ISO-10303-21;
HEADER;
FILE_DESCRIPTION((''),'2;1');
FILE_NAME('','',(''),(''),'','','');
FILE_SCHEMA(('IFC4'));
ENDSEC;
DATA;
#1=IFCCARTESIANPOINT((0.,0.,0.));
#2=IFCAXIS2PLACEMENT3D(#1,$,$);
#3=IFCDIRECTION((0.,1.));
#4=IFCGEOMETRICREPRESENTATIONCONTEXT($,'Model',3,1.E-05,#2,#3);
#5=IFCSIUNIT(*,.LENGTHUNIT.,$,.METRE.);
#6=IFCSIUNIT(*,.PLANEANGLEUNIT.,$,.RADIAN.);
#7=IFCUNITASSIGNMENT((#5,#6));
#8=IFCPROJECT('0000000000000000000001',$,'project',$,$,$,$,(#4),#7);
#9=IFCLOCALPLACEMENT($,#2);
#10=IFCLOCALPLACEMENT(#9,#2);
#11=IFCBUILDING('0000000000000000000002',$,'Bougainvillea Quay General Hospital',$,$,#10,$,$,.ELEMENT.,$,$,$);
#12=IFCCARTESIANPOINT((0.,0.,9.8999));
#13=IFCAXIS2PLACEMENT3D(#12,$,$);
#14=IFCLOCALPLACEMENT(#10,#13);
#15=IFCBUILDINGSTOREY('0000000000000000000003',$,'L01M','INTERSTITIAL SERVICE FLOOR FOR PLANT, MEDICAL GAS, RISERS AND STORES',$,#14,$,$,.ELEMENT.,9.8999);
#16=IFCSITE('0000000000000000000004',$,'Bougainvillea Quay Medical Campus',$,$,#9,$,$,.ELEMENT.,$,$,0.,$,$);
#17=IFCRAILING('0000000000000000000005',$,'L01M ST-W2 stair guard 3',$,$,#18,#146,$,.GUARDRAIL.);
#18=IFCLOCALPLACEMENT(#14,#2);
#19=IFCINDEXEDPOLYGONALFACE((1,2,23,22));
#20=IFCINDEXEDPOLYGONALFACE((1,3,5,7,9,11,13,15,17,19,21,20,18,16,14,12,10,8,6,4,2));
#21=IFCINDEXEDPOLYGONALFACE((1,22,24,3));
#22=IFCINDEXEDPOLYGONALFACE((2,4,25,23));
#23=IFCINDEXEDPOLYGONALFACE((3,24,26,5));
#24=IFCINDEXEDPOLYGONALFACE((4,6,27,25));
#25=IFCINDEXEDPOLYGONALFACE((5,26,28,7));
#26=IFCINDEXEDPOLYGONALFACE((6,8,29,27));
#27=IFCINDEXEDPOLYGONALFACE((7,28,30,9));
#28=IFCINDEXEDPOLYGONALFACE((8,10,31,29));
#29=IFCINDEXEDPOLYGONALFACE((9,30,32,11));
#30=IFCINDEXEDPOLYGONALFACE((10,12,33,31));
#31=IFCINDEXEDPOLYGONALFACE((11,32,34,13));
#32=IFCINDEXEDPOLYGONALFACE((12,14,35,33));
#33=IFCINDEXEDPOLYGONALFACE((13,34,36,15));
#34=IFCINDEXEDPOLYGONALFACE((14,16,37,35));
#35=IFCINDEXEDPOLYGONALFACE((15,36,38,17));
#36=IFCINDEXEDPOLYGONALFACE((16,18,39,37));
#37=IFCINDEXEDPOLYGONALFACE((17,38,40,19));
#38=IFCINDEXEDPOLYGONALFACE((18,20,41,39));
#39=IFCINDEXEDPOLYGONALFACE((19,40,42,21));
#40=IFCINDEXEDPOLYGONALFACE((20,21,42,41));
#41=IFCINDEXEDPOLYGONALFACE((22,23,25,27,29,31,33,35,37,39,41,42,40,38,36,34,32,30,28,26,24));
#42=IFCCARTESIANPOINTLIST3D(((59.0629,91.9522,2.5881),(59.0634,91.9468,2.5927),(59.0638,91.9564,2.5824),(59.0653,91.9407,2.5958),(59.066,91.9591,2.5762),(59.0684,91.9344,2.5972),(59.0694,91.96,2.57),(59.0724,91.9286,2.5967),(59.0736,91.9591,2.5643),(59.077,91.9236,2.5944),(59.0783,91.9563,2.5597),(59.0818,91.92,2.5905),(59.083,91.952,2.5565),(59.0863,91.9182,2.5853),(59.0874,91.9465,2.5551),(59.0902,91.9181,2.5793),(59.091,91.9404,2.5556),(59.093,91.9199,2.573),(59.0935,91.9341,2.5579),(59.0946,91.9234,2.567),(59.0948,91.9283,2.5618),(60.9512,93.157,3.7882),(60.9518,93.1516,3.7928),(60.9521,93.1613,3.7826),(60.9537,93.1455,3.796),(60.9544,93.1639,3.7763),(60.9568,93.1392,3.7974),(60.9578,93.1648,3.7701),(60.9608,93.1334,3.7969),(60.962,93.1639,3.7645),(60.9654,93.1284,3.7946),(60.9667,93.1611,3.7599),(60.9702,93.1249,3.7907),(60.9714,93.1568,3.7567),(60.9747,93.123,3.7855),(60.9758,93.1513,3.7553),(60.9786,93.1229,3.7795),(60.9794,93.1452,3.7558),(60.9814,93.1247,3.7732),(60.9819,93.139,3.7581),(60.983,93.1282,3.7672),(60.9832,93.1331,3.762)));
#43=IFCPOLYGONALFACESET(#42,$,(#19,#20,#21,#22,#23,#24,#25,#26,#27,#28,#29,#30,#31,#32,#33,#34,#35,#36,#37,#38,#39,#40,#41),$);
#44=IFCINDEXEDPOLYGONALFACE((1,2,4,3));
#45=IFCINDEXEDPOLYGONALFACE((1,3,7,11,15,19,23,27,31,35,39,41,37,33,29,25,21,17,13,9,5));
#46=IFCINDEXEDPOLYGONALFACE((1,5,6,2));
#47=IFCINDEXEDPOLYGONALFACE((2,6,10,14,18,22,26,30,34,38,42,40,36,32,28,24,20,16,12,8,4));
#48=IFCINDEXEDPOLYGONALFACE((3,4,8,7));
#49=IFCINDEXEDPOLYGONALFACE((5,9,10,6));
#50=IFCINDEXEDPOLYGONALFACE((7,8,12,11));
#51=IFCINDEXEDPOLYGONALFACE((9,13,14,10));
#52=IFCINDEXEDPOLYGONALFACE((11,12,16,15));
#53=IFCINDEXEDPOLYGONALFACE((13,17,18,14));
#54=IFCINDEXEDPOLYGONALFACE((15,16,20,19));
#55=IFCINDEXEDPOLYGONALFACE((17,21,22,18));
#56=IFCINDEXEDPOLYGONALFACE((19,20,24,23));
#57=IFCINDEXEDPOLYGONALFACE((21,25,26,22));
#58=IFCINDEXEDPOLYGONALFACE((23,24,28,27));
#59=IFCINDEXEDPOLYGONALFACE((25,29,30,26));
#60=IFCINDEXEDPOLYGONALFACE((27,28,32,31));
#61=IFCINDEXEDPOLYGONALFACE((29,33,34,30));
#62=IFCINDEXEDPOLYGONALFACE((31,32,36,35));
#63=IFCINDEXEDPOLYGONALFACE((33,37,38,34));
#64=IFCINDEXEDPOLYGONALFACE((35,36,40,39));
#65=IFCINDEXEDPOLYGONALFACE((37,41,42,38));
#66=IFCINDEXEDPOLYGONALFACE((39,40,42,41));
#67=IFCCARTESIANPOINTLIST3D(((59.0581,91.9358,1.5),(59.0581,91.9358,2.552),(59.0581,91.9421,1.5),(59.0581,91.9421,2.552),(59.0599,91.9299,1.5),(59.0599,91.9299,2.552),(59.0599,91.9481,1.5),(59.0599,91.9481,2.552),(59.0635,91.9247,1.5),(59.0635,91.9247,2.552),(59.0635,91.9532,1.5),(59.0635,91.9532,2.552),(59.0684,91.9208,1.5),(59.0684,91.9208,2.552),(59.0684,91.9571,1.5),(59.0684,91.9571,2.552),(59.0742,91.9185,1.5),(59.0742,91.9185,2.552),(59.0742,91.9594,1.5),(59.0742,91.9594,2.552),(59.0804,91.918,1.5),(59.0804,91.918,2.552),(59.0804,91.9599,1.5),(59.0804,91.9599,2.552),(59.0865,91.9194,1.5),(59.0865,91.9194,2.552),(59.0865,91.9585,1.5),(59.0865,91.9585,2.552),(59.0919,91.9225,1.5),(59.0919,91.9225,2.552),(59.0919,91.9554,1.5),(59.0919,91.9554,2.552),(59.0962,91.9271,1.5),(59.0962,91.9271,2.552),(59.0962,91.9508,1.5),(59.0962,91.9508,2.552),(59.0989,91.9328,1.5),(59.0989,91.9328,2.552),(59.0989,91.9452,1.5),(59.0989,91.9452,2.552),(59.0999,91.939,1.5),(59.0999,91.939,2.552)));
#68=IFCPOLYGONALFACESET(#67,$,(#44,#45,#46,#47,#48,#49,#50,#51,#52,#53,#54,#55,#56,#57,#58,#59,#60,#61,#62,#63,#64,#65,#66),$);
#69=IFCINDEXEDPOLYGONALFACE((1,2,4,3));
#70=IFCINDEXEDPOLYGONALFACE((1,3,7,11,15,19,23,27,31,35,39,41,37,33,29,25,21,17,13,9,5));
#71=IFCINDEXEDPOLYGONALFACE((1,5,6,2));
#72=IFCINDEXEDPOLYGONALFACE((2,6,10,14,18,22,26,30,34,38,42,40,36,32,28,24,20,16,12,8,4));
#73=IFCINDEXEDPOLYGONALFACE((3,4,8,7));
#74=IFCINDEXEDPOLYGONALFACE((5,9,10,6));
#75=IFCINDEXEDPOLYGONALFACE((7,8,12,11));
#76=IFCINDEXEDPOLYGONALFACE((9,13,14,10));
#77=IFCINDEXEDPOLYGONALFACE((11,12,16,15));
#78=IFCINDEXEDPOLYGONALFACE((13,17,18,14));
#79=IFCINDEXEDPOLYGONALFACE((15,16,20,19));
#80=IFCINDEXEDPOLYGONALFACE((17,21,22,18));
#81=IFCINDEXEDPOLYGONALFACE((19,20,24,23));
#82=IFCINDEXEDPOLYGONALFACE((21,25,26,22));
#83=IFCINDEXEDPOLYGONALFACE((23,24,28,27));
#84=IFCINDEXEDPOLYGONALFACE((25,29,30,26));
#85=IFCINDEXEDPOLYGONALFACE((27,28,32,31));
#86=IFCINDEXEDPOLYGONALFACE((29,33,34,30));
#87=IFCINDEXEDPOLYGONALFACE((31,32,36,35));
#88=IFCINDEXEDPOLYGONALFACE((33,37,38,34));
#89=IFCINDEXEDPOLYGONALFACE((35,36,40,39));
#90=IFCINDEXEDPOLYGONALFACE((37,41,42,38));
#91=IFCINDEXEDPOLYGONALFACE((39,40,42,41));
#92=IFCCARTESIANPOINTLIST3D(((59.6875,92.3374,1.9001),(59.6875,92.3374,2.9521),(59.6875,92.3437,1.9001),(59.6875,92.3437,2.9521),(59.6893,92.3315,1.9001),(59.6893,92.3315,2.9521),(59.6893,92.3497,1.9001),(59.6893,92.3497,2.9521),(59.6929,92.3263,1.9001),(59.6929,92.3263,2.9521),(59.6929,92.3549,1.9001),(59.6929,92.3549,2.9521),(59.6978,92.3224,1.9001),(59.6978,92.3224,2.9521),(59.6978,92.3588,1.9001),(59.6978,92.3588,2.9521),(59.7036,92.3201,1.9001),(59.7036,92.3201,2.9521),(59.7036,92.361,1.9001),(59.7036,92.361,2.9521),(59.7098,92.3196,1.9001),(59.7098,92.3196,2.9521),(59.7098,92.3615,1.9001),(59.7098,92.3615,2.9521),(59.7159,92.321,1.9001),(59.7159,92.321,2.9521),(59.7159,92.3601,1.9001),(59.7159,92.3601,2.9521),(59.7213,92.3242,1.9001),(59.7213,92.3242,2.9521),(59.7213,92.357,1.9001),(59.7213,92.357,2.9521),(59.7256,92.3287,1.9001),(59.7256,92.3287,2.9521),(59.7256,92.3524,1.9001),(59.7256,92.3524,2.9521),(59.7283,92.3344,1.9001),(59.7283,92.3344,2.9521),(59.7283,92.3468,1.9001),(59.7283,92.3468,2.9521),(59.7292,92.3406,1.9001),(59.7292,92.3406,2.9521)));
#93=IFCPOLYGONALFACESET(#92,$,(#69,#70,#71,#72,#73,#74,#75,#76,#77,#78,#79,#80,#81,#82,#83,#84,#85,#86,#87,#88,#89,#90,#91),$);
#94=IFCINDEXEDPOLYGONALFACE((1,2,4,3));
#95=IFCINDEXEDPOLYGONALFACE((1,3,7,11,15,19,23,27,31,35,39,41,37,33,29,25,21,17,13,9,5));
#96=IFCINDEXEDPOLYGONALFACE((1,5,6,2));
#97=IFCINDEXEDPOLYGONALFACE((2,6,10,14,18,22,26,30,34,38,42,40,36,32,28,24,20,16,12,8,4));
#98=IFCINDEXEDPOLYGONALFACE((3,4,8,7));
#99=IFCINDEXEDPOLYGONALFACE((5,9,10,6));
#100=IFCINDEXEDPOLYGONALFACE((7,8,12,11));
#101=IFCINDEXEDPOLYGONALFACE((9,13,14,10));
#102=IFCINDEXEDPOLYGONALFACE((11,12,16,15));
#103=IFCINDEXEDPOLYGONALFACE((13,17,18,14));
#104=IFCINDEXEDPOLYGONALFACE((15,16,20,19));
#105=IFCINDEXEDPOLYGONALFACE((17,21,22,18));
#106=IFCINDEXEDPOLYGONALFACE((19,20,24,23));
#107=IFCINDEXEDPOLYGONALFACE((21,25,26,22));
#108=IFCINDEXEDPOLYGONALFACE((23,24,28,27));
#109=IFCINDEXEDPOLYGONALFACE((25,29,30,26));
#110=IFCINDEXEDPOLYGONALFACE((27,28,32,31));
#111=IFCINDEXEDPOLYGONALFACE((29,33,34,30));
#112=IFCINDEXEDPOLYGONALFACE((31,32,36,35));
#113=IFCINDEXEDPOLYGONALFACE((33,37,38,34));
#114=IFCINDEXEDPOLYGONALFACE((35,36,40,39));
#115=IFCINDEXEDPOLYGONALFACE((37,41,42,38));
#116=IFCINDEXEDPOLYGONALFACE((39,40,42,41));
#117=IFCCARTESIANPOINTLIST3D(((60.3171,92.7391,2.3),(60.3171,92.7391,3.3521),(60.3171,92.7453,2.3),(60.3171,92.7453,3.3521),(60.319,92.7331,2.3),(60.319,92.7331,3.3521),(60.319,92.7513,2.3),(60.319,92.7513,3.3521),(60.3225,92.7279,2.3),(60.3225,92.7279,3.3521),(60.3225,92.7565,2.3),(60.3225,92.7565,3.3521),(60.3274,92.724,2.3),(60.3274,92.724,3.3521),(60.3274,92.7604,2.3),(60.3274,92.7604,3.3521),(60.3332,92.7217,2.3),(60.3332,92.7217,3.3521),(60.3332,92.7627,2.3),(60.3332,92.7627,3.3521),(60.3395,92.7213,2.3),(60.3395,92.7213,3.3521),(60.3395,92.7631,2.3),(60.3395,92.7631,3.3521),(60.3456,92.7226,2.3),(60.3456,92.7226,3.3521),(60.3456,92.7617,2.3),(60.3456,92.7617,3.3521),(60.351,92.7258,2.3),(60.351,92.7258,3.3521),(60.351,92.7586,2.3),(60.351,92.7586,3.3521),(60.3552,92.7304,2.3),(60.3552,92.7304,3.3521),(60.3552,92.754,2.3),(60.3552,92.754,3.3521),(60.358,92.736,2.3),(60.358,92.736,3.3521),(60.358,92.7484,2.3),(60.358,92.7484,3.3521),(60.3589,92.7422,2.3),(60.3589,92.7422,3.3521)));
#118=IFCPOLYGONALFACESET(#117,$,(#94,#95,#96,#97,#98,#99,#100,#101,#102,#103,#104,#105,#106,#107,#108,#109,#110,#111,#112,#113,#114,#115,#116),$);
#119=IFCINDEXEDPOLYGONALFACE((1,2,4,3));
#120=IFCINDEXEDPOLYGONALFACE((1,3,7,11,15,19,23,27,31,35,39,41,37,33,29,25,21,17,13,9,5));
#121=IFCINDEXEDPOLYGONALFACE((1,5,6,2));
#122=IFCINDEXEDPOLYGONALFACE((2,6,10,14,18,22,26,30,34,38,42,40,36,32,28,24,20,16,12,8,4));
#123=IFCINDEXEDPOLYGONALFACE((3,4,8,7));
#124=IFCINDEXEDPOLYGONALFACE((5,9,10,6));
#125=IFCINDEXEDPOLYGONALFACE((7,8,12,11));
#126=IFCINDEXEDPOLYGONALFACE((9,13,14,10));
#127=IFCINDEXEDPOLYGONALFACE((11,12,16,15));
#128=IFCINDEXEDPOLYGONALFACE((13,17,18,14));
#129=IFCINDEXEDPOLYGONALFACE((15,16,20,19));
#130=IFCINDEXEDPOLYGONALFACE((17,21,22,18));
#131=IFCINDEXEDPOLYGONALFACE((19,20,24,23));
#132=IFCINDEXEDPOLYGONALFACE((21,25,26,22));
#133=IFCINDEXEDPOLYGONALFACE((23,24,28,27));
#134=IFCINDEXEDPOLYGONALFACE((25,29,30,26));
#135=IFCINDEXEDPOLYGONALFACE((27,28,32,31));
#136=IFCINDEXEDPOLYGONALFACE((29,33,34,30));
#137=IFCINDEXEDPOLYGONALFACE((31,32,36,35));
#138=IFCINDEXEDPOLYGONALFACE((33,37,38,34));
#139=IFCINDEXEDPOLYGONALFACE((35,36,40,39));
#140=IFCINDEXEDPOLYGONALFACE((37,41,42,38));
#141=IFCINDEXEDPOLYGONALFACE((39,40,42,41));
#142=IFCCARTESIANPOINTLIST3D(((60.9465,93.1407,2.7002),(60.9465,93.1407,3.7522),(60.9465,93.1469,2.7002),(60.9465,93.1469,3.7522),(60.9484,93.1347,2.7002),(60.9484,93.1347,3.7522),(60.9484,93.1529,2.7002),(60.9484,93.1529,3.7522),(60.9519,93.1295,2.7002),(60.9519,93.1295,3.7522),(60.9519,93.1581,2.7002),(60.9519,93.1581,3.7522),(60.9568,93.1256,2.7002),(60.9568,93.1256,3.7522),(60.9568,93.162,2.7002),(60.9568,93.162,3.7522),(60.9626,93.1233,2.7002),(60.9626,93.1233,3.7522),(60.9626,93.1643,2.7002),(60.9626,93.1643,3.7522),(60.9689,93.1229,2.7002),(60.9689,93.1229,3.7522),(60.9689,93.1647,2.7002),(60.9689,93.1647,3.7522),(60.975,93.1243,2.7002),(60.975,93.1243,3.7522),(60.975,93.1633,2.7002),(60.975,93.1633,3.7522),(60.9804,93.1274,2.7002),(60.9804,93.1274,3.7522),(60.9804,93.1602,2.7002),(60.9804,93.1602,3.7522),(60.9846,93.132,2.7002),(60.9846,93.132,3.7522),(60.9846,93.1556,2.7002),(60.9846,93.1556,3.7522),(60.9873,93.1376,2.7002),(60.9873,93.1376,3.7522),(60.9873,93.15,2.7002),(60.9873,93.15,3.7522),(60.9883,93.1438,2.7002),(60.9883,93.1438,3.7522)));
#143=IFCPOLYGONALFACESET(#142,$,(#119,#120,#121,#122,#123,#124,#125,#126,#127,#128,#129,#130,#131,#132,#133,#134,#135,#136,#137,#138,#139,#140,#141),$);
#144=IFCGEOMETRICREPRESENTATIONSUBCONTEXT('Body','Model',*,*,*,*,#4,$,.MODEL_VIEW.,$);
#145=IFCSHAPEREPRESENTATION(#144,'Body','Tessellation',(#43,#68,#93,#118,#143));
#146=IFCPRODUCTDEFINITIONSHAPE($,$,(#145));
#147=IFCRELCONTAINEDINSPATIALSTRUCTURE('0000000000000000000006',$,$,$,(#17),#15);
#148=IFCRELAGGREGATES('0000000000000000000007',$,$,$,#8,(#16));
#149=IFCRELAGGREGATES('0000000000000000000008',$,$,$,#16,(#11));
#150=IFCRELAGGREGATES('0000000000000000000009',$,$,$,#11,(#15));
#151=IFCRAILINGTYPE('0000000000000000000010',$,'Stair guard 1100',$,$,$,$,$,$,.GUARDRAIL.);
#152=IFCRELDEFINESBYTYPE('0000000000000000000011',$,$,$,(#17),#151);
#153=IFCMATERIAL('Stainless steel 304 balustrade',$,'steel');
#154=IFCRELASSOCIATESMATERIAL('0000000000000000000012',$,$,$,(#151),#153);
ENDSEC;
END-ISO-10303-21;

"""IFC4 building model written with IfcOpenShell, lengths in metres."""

from ifc_helpers import new_model, si_unit, direction, frame, origin, origin_2d, place, context, subcontext, project, spatial, circle, extrude, material, type_object, element, save


model = new_model("IFC4")

# Units and contexts
model_context = context("Model", 3, precision=1e-05, world=origin(), true_north=direction((0.0, 1.0)))
body_context = subcontext(model_context, "Body", "Model", "MODEL_VIEW")
ifc_project = project(units=[si_unit("LENGTHUNIT", "METRE"), si_unit("PLANEANGLEUNIT", "RADIAN")], contexts=[model_context])

# Site, building, storey
site_placement = place(None, origin())
site = spatial("IfcSite", under=ifc_project, at=site_placement, Name="Bougainvillea Quay Medical Campus", CompositionType="ELEMENT", RefElevation=0.0)
building_placement = place(site_placement, origin())
building = spatial("IfcBuilding", under=site, at=building_placement, Name="Bougainvillea Quay General Hospital", CompositionType="ELEMENT")
storey_placement = place(building_placement, frame((0.0, 0.0, 9.8999)))
storey = spatial("IfcBuildingStorey", under=building, at=storey_placement, Name="L01M", Description="INTERSTITIAL SERVICE FLOOR FOR PLANT, MEDICAL GAS, RISERS AND STORES", CompositionType="ELEMENT", Elevation=9.8999)

# Railing
ifc_material_1 = material(Name="Stainless steel 304 balustrade", Category="steel")
railing_type_1 = type_object("IfcRailingType", Name="Stair guard 1100", PredefinedType="GUARDRAIL", material=ifc_material_1)
railing_1_placement = place(storey_placement, frame((59.0789, 91.939, 1.5)))
element("IfcRailing", 1, at=railing_1_placement, inside=storey, type_object=railing_type_1, Name="L01M ST-W2 stair guard 3", PredefinedType="GUARDRAIL", context=body_context, shape_type="SweptSolid", body=[
    extrude(circle(Radius=0.0239, at=origin_2d()), frame((0.0, 0.0, 1.0762), z_axis=(0.743092, 0.4741, 0.472274), x_axis=(-0.537862, 0.843033, 0.0)), (0.0, 0.0, 1.0), 2.5413),
    extrude(circle(Radius=0.021, at=origin_2d()), origin(), (0.0, 0.0, 1.0), 1.052),
    extrude(circle(Radius=0.021, at=origin_2d()), frame((0.6294, 0.4016, 0.4001)), (0.0, 0.0, 1.0), 1.052),
    extrude(circle(Radius=0.021, at=origin_2d()), frame((1.259, 0.8032, 0.8)), (0.0, 0.0, 1.0), 1.052),
    extrude(circle(Radius=0.021, at=origin_2d()), frame((1.8884, 1.2048, 1.2002)), (0.0, 0.0, 1.0), 1.052),
])

save(model, "model.ifc")
